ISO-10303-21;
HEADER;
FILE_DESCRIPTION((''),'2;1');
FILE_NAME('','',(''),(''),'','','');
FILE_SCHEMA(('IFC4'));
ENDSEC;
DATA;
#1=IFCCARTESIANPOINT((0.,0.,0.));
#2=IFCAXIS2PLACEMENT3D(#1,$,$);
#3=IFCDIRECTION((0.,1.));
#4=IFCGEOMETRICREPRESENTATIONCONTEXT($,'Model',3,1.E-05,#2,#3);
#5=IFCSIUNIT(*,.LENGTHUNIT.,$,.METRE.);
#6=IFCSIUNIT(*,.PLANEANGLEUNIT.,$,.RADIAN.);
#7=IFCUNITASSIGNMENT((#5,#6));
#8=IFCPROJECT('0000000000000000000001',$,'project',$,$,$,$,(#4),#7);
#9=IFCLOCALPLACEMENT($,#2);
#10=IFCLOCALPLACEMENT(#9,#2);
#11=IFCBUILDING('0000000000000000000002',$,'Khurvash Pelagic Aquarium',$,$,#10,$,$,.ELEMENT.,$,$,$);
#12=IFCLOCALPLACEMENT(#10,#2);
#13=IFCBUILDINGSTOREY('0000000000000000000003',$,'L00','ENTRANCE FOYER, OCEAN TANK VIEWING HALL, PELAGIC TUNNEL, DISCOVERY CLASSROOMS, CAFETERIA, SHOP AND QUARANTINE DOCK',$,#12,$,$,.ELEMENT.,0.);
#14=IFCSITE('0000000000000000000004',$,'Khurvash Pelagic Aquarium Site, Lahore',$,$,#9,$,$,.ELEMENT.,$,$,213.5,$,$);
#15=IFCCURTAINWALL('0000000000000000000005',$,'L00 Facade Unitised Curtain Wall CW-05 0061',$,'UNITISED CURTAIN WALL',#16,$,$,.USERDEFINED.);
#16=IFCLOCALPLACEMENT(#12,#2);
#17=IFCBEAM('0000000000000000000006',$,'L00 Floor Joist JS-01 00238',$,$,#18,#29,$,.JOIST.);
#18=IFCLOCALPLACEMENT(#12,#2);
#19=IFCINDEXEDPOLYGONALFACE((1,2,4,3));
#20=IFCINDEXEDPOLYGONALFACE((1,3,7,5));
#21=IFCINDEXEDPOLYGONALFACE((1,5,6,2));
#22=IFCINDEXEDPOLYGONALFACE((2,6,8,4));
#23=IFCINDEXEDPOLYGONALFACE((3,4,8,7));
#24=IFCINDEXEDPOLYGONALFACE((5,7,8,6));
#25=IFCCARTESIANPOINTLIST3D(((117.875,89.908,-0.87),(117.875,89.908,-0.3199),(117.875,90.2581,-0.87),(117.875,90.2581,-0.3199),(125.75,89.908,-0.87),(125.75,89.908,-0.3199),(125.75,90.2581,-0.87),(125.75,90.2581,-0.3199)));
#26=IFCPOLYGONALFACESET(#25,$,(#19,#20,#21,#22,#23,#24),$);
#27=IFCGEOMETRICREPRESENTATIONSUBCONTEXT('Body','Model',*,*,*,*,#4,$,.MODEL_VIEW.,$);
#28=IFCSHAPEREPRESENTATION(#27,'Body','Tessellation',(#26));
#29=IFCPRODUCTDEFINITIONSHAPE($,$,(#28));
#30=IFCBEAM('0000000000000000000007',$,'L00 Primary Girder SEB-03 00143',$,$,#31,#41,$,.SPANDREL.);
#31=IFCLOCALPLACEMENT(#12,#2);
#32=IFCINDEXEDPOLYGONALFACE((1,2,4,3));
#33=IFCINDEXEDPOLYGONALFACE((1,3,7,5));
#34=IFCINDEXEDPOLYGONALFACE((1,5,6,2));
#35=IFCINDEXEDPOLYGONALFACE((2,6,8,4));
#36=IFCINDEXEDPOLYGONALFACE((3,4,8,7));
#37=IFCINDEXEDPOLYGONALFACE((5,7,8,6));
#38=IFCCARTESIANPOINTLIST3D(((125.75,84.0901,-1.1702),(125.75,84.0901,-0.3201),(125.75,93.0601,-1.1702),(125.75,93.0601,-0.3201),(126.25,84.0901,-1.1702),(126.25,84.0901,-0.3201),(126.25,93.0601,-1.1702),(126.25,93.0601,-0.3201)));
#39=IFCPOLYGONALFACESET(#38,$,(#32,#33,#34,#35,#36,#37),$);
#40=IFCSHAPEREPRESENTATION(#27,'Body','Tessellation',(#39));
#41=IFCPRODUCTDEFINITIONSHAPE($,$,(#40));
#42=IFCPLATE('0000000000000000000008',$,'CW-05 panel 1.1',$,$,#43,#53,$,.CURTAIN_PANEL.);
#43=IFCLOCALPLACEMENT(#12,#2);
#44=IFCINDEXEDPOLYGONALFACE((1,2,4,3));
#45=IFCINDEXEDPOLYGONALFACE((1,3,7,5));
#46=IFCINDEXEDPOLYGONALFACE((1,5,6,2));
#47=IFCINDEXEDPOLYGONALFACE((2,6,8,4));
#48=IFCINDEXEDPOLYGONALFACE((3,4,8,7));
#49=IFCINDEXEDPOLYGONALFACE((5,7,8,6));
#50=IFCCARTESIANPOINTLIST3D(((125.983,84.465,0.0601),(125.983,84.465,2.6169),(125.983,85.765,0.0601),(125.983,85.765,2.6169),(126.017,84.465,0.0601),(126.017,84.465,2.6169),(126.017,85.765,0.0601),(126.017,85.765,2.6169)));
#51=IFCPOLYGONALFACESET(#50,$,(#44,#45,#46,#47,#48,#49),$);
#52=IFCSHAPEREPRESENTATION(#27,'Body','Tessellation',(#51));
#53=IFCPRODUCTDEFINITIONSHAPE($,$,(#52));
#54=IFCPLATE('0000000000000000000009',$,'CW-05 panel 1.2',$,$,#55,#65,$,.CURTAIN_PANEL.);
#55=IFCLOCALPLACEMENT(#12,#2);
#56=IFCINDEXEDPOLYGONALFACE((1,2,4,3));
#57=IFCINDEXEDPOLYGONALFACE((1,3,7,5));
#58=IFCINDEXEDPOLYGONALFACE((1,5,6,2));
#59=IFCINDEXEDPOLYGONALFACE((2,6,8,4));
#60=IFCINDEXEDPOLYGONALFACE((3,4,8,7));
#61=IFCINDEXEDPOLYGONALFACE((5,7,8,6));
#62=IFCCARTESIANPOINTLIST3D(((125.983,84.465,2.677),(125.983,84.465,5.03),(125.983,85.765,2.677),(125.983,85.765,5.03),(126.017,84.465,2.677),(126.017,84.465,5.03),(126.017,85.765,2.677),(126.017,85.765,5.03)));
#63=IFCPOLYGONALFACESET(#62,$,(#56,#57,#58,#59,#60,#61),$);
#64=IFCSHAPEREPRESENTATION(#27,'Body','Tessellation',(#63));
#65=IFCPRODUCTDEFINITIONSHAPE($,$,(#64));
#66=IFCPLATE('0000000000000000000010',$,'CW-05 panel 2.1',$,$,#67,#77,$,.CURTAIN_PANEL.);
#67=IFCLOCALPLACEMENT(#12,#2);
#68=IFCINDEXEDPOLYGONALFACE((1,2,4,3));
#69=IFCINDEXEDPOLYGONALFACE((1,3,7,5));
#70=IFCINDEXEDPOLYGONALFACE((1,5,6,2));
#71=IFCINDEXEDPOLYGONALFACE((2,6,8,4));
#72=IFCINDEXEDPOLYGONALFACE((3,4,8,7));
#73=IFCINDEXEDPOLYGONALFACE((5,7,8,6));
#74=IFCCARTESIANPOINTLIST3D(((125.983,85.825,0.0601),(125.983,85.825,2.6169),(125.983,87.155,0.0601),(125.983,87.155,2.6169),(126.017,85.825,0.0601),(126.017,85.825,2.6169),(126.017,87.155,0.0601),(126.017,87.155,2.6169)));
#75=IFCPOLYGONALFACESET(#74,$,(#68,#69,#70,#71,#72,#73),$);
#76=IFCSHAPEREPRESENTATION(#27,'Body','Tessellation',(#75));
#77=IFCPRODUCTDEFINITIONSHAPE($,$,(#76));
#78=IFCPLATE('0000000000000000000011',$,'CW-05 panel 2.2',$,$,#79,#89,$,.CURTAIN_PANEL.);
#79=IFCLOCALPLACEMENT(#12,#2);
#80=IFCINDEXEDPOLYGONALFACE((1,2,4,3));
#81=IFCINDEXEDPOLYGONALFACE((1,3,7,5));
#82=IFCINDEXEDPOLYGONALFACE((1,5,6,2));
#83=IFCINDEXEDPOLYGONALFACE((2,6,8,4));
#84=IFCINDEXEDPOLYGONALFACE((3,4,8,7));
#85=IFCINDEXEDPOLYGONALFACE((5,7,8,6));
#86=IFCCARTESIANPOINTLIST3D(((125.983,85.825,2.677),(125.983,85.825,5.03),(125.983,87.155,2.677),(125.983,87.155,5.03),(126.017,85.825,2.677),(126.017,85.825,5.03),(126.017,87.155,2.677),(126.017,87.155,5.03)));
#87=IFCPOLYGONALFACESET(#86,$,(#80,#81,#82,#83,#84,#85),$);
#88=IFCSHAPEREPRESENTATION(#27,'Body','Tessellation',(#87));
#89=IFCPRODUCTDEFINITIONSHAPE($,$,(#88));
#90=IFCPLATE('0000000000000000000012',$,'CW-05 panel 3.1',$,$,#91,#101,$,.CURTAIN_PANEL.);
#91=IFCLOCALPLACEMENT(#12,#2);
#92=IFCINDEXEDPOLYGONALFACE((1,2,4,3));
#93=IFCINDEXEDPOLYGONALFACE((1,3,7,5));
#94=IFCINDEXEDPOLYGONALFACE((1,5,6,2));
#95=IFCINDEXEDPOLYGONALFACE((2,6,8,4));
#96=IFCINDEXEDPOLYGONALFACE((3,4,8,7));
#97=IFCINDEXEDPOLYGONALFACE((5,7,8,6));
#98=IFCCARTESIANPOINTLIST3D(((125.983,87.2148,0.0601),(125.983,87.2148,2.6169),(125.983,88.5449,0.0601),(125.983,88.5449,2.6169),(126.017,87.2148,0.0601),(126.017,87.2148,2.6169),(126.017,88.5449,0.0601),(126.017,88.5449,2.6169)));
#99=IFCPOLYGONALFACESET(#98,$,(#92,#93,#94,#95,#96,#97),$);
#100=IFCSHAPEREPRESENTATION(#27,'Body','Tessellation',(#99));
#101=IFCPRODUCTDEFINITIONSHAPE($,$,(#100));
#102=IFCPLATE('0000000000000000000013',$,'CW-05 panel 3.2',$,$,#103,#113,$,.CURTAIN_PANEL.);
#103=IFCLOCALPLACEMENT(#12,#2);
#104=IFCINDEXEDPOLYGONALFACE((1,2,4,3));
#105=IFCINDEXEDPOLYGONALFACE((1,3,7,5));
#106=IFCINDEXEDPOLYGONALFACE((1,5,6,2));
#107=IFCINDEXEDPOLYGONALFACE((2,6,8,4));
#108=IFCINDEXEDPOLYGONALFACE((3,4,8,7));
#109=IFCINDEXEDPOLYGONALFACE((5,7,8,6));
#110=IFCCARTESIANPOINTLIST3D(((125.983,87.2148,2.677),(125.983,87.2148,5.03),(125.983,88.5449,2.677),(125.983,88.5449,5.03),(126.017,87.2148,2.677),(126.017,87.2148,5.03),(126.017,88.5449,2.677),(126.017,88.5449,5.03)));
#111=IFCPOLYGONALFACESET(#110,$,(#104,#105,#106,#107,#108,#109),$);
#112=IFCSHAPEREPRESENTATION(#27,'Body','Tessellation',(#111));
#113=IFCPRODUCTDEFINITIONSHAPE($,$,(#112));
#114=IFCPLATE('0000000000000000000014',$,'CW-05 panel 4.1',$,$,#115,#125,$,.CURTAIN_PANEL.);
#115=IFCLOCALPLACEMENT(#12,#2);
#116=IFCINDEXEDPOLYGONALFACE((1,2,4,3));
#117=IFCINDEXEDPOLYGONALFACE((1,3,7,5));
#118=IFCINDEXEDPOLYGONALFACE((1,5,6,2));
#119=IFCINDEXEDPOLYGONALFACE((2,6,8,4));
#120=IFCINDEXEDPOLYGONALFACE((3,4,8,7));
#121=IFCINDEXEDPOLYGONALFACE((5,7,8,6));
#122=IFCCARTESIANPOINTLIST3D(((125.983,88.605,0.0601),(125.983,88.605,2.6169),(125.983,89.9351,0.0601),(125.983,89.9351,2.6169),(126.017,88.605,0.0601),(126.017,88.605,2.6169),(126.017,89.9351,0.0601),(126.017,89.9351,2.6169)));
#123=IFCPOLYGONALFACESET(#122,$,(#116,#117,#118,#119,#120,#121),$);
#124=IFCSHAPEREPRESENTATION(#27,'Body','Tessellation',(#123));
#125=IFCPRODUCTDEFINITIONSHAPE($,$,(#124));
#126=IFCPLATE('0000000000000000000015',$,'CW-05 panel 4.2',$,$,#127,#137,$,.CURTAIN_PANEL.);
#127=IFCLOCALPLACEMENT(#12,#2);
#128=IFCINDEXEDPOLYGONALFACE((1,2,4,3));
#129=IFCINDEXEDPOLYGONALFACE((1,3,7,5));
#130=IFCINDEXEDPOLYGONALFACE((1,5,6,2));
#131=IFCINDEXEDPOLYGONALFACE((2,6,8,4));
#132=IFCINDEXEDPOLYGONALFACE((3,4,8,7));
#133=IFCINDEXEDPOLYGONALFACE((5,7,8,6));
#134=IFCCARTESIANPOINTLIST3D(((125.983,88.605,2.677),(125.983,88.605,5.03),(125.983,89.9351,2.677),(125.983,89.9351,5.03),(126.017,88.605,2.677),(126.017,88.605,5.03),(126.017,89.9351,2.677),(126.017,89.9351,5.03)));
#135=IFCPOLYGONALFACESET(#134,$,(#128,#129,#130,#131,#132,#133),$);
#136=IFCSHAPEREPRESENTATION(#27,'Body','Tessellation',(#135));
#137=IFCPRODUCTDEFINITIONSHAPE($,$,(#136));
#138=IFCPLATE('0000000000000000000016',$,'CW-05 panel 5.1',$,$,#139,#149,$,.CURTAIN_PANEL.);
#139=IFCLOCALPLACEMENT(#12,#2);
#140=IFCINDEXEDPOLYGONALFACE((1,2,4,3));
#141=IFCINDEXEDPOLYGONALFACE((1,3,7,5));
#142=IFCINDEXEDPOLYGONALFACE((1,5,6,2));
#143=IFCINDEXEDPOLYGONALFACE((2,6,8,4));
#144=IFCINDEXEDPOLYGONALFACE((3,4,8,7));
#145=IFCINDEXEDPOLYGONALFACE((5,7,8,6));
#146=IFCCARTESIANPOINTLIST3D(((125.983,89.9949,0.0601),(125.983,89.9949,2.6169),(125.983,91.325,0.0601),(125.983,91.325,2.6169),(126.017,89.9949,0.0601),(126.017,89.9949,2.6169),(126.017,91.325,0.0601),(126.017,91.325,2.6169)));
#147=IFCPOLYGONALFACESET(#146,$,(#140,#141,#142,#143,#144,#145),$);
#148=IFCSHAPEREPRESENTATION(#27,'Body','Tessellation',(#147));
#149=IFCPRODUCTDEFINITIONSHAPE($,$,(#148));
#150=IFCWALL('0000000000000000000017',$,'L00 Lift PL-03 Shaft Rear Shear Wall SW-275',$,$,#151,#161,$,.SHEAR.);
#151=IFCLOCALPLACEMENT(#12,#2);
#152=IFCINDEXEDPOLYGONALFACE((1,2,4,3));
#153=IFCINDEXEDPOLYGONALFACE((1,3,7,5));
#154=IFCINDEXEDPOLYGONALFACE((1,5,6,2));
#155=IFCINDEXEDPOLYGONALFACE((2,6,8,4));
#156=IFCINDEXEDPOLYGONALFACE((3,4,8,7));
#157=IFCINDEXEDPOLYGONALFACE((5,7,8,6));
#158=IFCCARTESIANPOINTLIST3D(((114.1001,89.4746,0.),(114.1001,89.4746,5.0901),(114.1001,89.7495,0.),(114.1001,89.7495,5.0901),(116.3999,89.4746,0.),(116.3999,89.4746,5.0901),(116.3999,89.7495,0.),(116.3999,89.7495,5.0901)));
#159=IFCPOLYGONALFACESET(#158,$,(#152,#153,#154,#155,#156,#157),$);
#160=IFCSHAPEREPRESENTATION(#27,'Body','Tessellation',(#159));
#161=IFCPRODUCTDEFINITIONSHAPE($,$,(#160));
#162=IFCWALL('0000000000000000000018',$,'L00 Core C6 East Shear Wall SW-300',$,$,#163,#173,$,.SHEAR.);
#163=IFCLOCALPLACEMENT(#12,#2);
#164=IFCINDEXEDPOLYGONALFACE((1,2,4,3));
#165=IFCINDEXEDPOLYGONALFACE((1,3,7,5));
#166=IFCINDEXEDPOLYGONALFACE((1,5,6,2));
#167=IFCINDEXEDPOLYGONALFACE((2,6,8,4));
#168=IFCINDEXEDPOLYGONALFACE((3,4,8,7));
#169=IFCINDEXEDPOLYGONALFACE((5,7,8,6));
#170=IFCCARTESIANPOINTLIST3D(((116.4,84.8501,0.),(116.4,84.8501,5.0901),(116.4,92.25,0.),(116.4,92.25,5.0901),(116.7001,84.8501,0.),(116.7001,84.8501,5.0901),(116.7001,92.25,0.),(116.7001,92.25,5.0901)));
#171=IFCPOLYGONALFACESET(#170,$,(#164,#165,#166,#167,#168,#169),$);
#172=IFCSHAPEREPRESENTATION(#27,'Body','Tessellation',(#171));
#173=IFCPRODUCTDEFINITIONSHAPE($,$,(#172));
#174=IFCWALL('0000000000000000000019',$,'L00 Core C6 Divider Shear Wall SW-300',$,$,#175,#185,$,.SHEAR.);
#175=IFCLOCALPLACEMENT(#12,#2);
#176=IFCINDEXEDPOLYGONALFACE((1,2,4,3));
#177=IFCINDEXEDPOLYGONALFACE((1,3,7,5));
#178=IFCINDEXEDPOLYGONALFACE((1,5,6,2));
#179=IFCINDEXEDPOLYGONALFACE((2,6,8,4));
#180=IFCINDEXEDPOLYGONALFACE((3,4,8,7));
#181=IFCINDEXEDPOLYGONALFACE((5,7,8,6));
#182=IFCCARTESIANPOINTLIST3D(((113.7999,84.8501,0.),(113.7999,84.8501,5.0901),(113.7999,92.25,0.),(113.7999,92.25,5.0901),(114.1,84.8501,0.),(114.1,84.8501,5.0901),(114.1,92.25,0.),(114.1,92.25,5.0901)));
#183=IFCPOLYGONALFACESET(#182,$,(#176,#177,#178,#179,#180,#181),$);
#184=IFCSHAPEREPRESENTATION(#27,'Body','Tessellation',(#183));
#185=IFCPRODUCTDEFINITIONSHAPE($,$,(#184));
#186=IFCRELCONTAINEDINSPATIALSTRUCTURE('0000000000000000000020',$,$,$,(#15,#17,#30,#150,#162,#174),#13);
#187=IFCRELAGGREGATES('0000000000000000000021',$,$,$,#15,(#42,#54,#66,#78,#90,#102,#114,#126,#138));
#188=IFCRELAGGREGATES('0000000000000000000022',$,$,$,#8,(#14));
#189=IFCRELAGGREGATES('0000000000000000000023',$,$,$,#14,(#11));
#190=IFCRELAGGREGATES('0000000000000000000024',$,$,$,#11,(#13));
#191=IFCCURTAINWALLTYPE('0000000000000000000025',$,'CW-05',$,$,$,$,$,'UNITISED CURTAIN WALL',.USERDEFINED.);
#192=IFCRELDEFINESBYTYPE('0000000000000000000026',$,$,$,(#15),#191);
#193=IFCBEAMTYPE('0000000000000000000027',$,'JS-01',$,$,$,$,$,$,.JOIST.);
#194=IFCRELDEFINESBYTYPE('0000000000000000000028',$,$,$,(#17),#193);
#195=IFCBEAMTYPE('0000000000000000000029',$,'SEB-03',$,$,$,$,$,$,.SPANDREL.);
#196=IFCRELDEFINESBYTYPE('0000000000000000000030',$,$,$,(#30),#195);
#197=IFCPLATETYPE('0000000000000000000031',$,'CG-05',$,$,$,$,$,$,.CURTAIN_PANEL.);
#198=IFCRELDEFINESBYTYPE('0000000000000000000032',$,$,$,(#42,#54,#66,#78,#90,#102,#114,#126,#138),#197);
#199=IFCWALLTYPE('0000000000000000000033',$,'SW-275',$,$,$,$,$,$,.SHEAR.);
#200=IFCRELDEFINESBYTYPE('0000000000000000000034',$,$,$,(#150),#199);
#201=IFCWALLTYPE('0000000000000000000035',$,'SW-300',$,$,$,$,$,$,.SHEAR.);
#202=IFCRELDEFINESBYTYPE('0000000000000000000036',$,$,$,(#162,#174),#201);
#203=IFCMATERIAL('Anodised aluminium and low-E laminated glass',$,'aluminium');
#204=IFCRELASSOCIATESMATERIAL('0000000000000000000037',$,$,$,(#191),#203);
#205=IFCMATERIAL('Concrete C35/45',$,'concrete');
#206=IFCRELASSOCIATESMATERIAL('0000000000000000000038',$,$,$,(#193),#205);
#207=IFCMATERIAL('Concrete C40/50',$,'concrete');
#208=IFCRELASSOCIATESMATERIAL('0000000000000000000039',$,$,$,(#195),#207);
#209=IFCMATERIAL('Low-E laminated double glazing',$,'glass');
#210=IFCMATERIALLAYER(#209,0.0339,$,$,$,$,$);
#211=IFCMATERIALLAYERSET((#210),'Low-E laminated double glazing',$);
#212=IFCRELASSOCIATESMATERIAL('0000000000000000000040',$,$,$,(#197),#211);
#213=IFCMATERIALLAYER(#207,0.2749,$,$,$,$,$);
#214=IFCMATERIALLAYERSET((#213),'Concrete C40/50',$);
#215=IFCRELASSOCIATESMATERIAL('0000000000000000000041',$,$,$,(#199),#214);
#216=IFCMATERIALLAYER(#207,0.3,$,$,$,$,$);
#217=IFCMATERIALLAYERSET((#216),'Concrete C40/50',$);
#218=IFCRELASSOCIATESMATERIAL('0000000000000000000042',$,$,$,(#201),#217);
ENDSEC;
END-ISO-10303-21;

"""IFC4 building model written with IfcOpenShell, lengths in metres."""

from ifc_helpers import new_model, si_unit, direction, frame, frame_2d, origin, origin_2d, place, context, subcontext, project, spatial, rectangle, extrude, material, layer, layer_set, material_profile, profile_set, type_object, element, aggregate, save


model = new_model("IFC4")

# Units and contexts
model_context = context("Model", 3, precision=1e-05, world=origin(), true_north=direction((0.0, 1.0)))
body_context = subcontext(model_context, "Body", "Model", "MODEL_VIEW")
ifc_project = project(units=[si_unit("LENGTHUNIT", "METRE"), si_unit("PLANEANGLEUNIT", "RADIAN")], contexts=[model_context])

# Site, building, storey
site_placement = place(None, origin())
site = spatial("IfcSite", under=ifc_project, at=site_placement, Name="Khurvash Pelagic Aquarium Site, Lahore", CompositionType="ELEMENT", RefElevation=213.5)
building_placement = place(site_placement, origin())
building = spatial("IfcBuilding", under=site, at=building_placement, Name="Khurvash Pelagic Aquarium", CompositionType="ELEMENT")
storey_placement = place(building_placement, origin())
storey = spatial("IfcBuildingStorey", under=building, at=storey_placement, Name="L00", Description="ENTRANCE FOYER, OCEAN TANK VIEWING HALL, PELAGIC TUNNEL, DISCOVERY CLASSROOMS, CAFETERIA, SHOP AND QUARANTINE DOCK", CompositionType="ELEMENT", Elevation=0.0)

# Shared definitions
ifc_material_1 = material(Name="Concrete C40/50", Category="concrete")

# Curtain wall
ifc_material_2 = material(Name="Anodised aluminium and low-E laminated glass", Category="aluminium")
curtain_wall_type = type_object("IfcCurtainWallType", Name="CW-05", ElementType="UNITISED CURTAIN WALL", PredefinedType="USERDEFINED", material=ifc_material_2)
curtain_wall_placement = place(storey_placement, origin())
curtain_wall = element("IfcCurtainWall", 1, at=curtain_wall_placement, inside=storey, type_object=curtain_wall_type, Name="L00 Facade Unitised Curtain Wall CW-05 0061", ObjectType="UNITISED CURTAIN WALL", PredefinedType="USERDEFINED")

# Beams
ifc_material_3 = material(Name="Concrete C35/45", Category="concrete")
ifc_material_profile_1 = material_profile(ifc_material_3, rectangle(XDim=0.3501, YDim=0.55, at=origin_2d()), Name="RC350X550")
ifc_profile_set_1 = profile_set([ifc_material_profile_1], Name="Concrete C35/45")
beam_type_1 = type_object("IfcBeamType", Name="JS-01", PredefinedType="JOIST", material=ifc_profile_set_1)
for number, where, z_axis, x_axis, name in (
    (2, (117.875, 90.083, -0.595), (1.0, 0.0, 0.0), (0.0, 1.0, 0.0), "L00 Floor Joist JS-01 00238"),
):
    element("IfcBeam", number, at=place(storey_placement, frame(where, z_axis=z_axis, x_axis=x_axis)), inside=storey, type_object=beam_type_1, Name=name, PredefinedType="JOIST", context=body_context, shape_type="SweptSolid", body=[
        extrude(rectangle(XDim=0.3501, YDim=0.55, at=origin_2d()), origin(), (0.0, 0.0, 1.0), 7.875),
    ])
ifc_material_profile_2 = material_profile(ifc_material_1, rectangle(XDim=0.5, YDim=0.8501, at=origin_2d()), Name="RC500X850")
ifc_profile_set_2 = profile_set([ifc_material_profile_2], Name="Concrete C40/50")
beam_type_2 = type_object("IfcBeamType", Name="SEB-03", PredefinedType="SPANDREL", material=ifc_profile_set_2)
beam_1_placement = place(storey_placement, frame((126.0, 84.0901, -0.7451), z_axis=(0.0, 1.0, 0.0), x_axis=(-1.0, 0.0, 0.0)))
element("IfcBeam", 3, at=beam_1_placement, inside=storey, type_object=beam_type_2, Name="L00 Primary Girder SEB-03 00143", PredefinedType="SPANDREL", context=body_context, shape_type="SweptSolid", body=[
    extrude(rectangle(XDim=0.5, YDim=0.8501, at=origin_2d()), origin(), (0.0, 0.0, 1.0), 8.97),
])

# Plates
ifc_material_4 = material(Name="Low-E laminated double glazing", Category="glass")
ifc_layer_1 = layer(ifc_material_4, 0.0339)
ifc_layer_set_1 = layer_set([ifc_layer_1], Name="Low-E laminated double glazing")
plate_type = type_object("IfcPlateType", Name="CG-05", PredefinedType="CURTAIN_PANEL", material=ifc_layer_set_1)
plate_1_placement = place(storey_placement, frame((126.0, 85.115, 0.0601), z_axis=(0.0, 0.0, 1.0), x_axis=(0.0, 1.0, 0.0)))
plate_1 = element("IfcPlate", 4, at=plate_1_placement, type_object=plate_type, Name="CW-05 panel 1.1", PredefinedType="CURTAIN_PANEL", context=body_context, shape_type="SweptSolid", body=[
    extrude(rectangle(XDim=1.3, YDim=0.0339, at=origin_2d()), origin(), (0.0, 0.0, 1.0), 2.5569),
])
plate_2_placement = place(storey_placement, frame((126.0, 85.115, 2.677), z_axis=(0.0, 0.0, 1.0), x_axis=(0.0, 1.0, 0.0)))
plate_2 = element("IfcPlate", 5, at=plate_2_placement, type_object=plate_type, Name="CW-05 panel 1.2", PredefinedType="CURTAIN_PANEL", context=body_context, shape_type="SweptSolid", body=[
    extrude(rectangle(XDim=1.3, YDim=0.0339, at=origin_2d()), origin(), (0.0, 0.0, 1.0), 2.353),
])
plate_3_placement = place(storey_placement, frame((126.0, 86.49, 0.0601), z_axis=(0.0, 0.0, 1.0), x_axis=(0.0, 1.0, 0.0)))
plate_3 = element("IfcPlate", 6, at=plate_3_placement, type_object=plate_type, Name="CW-05 panel 2.1", PredefinedType="CURTAIN_PANEL", context=body_context, shape_type="SweptSolid", body=[
    extrude(rectangle(XDim=1.3301, YDim=0.0339, at=origin_2d()), origin(), (0.0, 0.0, 1.0), 2.5569),
])
plate_4_placement = place(storey_placement, frame((126.0, 86.49, 2.677), z_axis=(0.0, 0.0, 1.0), x_axis=(0.0, 1.0, 0.0)))
plate_4 = element("IfcPlate", 7, at=plate_4_placement, type_object=plate_type, Name="CW-05 panel 2.2", PredefinedType="CURTAIN_PANEL", context=body_context, shape_type="SweptSolid", body=[
    extrude(rectangle(XDim=1.3301, YDim=0.0339, at=origin_2d()), origin(), (0.0, 0.0, 1.0), 2.353),
])
plate_5_placement = place(storey_placement, frame((126.0, 87.8799, 0.0601), z_axis=(0.0, 0.0, 1.0), x_axis=(0.0, 1.0, 0.0)))
plate_5 = element("IfcPlate", 8, at=plate_5_placement, type_object=plate_type, Name="CW-05 panel 3.1", PredefinedType="CURTAIN_PANEL", context=body_context, shape_type="SweptSolid", body=[
    extrude(rectangle(XDim=1.3301, YDim=0.0339, at=origin_2d()), origin(), (0.0, 0.0, 1.0), 2.5569),
])
plate_6_placement = place(storey_placement, frame((126.0, 87.8799, 2.677), z_axis=(0.0, 0.0, 1.0), x_axis=(0.0, 1.0, 0.0)))
plate_6 = element("IfcPlate", 9, at=plate_6_placement, type_object=plate_type, Name="CW-05 panel 3.2", PredefinedType="CURTAIN_PANEL", context=body_context, shape_type="SweptSolid", body=[
    extrude(rectangle(XDim=1.3301, YDim=0.0339, at=origin_2d()), origin(), (0.0, 0.0, 1.0), 2.353),
])
plate_7_placement = place(storey_placement, frame((126.0, 89.27, 0.0601), z_axis=(0.0, 0.0, 1.0), x_axis=(0.0, 1.0, 0.0)))
plate_7 = element("IfcPlate", 10, at=plate_7_placement, type_object=plate_type, Name="CW-05 panel 4.1", PredefinedType="CURTAIN_PANEL", context=body_context, shape_type="SweptSolid", body=[
    extrude(rectangle(XDim=1.3301, YDim=0.0339, at=origin_2d()), origin(), (0.0, 0.0, 1.0), 2.5569),
])
plate_8_placement = place(storey_placement, frame((126.0, 89.27, 2.677), z_axis=(0.0, 0.0, 1.0), x_axis=(0.0, 1.0, 0.0)))
plate_8 = element("IfcPlate", 11, at=plate_8_placement, type_object=plate_type, Name="CW-05 panel 4.2", PredefinedType="CURTAIN_PANEL", context=body_context, shape_type="SweptSolid", body=[
    extrude(rectangle(XDim=1.3301, YDim=0.0339, at=origin_2d()), origin(), (0.0, 0.0, 1.0), 2.353),
])
plate_9_placement = place(storey_placement, frame((126.0, 90.6599, 0.0601), z_axis=(0.0, 0.0, 1.0), x_axis=(0.0, 1.0, 0.0)))
plate_9 = element("IfcPlate", 12, at=plate_9_placement, type_object=plate_type, Name="CW-05 panel 5.1", PredefinedType="CURTAIN_PANEL", context=body_context, shape_type="SweptSolid", body=[
    extrude(rectangle(XDim=1.3301, YDim=0.0339, at=origin_2d()), origin(), (0.0, 0.0, 1.0), 2.5569),
])
aggregate(curtain_wall, [plate_1, plate_2, plate_3, plate_4, plate_5, plate_6, plate_7, plate_8, plate_9])

# Walls
ifc_layer_2 = layer(ifc_material_1, 0.2749)
ifc_layer_set_2 = layer_set([ifc_layer_2], Name="Concrete C40/50")
wall_type_1 = type_object("IfcWallType", Name="SW-275", PredefinedType="SHEAR", material=ifc_layer_set_2)
wall_placement = place(storey_placement, frame((114.1001, 89.6121, 0.0), z_axis=(0.0, 0.0, 1.0), x_axis=(1.0, 0.0, 0.0)))
element("IfcWall", 13, at=wall_placement, inside=storey, type_object=wall_type_1, Name="L00 Lift PL-03 Shaft Rear Shear Wall SW-275", PredefinedType="SHEAR", context=body_context, shape_type="SweptSolid", body=[
    extrude(rectangle(XDim=2.2998, YDim=0.2749, at=frame_2d((1.1499, 0.0))), origin(), (0.0, 0.0, 1.0), 5.0901),
])
ifc_layer_3 = layer(ifc_material_1, 0.3)
ifc_layer_set_3 = layer_set([ifc_layer_3], Name="Concrete C40/50")
wall_type_2 = type_object("IfcWallType", Name="SW-300", PredefinedType="SHEAR", material=ifc_layer_set_3)
for number, where, z_axis, x_axis, name in (
    (14, (116.55, 84.8501, 0.0), (0.0, 0.0, 1.0), (0.0, 1.0, 0.0), "L00 Core C6 East Shear Wall SW-300"),
    (15, (113.95, 84.8501, 0.0), (0.0, 0.0, 1.0), (0.0, 1.0, 0.0), "L00 Core C6 Divider Shear Wall SW-300"),
):
    element("IfcWall", number, at=place(storey_placement, frame(where, z_axis=z_axis, x_axis=x_axis)), inside=storey, type_object=wall_type_2, Name=name, PredefinedType="SHEAR", context=body_context, shape_type="SweptSolid", body=[
        extrude(rectangle(XDim=7.3999, YDim=0.3, at=frame_2d((3.7, 0.0))), origin(), (0.0, 0.0, 1.0), 5.0901),
    ])

save(model, "model.ifc")
